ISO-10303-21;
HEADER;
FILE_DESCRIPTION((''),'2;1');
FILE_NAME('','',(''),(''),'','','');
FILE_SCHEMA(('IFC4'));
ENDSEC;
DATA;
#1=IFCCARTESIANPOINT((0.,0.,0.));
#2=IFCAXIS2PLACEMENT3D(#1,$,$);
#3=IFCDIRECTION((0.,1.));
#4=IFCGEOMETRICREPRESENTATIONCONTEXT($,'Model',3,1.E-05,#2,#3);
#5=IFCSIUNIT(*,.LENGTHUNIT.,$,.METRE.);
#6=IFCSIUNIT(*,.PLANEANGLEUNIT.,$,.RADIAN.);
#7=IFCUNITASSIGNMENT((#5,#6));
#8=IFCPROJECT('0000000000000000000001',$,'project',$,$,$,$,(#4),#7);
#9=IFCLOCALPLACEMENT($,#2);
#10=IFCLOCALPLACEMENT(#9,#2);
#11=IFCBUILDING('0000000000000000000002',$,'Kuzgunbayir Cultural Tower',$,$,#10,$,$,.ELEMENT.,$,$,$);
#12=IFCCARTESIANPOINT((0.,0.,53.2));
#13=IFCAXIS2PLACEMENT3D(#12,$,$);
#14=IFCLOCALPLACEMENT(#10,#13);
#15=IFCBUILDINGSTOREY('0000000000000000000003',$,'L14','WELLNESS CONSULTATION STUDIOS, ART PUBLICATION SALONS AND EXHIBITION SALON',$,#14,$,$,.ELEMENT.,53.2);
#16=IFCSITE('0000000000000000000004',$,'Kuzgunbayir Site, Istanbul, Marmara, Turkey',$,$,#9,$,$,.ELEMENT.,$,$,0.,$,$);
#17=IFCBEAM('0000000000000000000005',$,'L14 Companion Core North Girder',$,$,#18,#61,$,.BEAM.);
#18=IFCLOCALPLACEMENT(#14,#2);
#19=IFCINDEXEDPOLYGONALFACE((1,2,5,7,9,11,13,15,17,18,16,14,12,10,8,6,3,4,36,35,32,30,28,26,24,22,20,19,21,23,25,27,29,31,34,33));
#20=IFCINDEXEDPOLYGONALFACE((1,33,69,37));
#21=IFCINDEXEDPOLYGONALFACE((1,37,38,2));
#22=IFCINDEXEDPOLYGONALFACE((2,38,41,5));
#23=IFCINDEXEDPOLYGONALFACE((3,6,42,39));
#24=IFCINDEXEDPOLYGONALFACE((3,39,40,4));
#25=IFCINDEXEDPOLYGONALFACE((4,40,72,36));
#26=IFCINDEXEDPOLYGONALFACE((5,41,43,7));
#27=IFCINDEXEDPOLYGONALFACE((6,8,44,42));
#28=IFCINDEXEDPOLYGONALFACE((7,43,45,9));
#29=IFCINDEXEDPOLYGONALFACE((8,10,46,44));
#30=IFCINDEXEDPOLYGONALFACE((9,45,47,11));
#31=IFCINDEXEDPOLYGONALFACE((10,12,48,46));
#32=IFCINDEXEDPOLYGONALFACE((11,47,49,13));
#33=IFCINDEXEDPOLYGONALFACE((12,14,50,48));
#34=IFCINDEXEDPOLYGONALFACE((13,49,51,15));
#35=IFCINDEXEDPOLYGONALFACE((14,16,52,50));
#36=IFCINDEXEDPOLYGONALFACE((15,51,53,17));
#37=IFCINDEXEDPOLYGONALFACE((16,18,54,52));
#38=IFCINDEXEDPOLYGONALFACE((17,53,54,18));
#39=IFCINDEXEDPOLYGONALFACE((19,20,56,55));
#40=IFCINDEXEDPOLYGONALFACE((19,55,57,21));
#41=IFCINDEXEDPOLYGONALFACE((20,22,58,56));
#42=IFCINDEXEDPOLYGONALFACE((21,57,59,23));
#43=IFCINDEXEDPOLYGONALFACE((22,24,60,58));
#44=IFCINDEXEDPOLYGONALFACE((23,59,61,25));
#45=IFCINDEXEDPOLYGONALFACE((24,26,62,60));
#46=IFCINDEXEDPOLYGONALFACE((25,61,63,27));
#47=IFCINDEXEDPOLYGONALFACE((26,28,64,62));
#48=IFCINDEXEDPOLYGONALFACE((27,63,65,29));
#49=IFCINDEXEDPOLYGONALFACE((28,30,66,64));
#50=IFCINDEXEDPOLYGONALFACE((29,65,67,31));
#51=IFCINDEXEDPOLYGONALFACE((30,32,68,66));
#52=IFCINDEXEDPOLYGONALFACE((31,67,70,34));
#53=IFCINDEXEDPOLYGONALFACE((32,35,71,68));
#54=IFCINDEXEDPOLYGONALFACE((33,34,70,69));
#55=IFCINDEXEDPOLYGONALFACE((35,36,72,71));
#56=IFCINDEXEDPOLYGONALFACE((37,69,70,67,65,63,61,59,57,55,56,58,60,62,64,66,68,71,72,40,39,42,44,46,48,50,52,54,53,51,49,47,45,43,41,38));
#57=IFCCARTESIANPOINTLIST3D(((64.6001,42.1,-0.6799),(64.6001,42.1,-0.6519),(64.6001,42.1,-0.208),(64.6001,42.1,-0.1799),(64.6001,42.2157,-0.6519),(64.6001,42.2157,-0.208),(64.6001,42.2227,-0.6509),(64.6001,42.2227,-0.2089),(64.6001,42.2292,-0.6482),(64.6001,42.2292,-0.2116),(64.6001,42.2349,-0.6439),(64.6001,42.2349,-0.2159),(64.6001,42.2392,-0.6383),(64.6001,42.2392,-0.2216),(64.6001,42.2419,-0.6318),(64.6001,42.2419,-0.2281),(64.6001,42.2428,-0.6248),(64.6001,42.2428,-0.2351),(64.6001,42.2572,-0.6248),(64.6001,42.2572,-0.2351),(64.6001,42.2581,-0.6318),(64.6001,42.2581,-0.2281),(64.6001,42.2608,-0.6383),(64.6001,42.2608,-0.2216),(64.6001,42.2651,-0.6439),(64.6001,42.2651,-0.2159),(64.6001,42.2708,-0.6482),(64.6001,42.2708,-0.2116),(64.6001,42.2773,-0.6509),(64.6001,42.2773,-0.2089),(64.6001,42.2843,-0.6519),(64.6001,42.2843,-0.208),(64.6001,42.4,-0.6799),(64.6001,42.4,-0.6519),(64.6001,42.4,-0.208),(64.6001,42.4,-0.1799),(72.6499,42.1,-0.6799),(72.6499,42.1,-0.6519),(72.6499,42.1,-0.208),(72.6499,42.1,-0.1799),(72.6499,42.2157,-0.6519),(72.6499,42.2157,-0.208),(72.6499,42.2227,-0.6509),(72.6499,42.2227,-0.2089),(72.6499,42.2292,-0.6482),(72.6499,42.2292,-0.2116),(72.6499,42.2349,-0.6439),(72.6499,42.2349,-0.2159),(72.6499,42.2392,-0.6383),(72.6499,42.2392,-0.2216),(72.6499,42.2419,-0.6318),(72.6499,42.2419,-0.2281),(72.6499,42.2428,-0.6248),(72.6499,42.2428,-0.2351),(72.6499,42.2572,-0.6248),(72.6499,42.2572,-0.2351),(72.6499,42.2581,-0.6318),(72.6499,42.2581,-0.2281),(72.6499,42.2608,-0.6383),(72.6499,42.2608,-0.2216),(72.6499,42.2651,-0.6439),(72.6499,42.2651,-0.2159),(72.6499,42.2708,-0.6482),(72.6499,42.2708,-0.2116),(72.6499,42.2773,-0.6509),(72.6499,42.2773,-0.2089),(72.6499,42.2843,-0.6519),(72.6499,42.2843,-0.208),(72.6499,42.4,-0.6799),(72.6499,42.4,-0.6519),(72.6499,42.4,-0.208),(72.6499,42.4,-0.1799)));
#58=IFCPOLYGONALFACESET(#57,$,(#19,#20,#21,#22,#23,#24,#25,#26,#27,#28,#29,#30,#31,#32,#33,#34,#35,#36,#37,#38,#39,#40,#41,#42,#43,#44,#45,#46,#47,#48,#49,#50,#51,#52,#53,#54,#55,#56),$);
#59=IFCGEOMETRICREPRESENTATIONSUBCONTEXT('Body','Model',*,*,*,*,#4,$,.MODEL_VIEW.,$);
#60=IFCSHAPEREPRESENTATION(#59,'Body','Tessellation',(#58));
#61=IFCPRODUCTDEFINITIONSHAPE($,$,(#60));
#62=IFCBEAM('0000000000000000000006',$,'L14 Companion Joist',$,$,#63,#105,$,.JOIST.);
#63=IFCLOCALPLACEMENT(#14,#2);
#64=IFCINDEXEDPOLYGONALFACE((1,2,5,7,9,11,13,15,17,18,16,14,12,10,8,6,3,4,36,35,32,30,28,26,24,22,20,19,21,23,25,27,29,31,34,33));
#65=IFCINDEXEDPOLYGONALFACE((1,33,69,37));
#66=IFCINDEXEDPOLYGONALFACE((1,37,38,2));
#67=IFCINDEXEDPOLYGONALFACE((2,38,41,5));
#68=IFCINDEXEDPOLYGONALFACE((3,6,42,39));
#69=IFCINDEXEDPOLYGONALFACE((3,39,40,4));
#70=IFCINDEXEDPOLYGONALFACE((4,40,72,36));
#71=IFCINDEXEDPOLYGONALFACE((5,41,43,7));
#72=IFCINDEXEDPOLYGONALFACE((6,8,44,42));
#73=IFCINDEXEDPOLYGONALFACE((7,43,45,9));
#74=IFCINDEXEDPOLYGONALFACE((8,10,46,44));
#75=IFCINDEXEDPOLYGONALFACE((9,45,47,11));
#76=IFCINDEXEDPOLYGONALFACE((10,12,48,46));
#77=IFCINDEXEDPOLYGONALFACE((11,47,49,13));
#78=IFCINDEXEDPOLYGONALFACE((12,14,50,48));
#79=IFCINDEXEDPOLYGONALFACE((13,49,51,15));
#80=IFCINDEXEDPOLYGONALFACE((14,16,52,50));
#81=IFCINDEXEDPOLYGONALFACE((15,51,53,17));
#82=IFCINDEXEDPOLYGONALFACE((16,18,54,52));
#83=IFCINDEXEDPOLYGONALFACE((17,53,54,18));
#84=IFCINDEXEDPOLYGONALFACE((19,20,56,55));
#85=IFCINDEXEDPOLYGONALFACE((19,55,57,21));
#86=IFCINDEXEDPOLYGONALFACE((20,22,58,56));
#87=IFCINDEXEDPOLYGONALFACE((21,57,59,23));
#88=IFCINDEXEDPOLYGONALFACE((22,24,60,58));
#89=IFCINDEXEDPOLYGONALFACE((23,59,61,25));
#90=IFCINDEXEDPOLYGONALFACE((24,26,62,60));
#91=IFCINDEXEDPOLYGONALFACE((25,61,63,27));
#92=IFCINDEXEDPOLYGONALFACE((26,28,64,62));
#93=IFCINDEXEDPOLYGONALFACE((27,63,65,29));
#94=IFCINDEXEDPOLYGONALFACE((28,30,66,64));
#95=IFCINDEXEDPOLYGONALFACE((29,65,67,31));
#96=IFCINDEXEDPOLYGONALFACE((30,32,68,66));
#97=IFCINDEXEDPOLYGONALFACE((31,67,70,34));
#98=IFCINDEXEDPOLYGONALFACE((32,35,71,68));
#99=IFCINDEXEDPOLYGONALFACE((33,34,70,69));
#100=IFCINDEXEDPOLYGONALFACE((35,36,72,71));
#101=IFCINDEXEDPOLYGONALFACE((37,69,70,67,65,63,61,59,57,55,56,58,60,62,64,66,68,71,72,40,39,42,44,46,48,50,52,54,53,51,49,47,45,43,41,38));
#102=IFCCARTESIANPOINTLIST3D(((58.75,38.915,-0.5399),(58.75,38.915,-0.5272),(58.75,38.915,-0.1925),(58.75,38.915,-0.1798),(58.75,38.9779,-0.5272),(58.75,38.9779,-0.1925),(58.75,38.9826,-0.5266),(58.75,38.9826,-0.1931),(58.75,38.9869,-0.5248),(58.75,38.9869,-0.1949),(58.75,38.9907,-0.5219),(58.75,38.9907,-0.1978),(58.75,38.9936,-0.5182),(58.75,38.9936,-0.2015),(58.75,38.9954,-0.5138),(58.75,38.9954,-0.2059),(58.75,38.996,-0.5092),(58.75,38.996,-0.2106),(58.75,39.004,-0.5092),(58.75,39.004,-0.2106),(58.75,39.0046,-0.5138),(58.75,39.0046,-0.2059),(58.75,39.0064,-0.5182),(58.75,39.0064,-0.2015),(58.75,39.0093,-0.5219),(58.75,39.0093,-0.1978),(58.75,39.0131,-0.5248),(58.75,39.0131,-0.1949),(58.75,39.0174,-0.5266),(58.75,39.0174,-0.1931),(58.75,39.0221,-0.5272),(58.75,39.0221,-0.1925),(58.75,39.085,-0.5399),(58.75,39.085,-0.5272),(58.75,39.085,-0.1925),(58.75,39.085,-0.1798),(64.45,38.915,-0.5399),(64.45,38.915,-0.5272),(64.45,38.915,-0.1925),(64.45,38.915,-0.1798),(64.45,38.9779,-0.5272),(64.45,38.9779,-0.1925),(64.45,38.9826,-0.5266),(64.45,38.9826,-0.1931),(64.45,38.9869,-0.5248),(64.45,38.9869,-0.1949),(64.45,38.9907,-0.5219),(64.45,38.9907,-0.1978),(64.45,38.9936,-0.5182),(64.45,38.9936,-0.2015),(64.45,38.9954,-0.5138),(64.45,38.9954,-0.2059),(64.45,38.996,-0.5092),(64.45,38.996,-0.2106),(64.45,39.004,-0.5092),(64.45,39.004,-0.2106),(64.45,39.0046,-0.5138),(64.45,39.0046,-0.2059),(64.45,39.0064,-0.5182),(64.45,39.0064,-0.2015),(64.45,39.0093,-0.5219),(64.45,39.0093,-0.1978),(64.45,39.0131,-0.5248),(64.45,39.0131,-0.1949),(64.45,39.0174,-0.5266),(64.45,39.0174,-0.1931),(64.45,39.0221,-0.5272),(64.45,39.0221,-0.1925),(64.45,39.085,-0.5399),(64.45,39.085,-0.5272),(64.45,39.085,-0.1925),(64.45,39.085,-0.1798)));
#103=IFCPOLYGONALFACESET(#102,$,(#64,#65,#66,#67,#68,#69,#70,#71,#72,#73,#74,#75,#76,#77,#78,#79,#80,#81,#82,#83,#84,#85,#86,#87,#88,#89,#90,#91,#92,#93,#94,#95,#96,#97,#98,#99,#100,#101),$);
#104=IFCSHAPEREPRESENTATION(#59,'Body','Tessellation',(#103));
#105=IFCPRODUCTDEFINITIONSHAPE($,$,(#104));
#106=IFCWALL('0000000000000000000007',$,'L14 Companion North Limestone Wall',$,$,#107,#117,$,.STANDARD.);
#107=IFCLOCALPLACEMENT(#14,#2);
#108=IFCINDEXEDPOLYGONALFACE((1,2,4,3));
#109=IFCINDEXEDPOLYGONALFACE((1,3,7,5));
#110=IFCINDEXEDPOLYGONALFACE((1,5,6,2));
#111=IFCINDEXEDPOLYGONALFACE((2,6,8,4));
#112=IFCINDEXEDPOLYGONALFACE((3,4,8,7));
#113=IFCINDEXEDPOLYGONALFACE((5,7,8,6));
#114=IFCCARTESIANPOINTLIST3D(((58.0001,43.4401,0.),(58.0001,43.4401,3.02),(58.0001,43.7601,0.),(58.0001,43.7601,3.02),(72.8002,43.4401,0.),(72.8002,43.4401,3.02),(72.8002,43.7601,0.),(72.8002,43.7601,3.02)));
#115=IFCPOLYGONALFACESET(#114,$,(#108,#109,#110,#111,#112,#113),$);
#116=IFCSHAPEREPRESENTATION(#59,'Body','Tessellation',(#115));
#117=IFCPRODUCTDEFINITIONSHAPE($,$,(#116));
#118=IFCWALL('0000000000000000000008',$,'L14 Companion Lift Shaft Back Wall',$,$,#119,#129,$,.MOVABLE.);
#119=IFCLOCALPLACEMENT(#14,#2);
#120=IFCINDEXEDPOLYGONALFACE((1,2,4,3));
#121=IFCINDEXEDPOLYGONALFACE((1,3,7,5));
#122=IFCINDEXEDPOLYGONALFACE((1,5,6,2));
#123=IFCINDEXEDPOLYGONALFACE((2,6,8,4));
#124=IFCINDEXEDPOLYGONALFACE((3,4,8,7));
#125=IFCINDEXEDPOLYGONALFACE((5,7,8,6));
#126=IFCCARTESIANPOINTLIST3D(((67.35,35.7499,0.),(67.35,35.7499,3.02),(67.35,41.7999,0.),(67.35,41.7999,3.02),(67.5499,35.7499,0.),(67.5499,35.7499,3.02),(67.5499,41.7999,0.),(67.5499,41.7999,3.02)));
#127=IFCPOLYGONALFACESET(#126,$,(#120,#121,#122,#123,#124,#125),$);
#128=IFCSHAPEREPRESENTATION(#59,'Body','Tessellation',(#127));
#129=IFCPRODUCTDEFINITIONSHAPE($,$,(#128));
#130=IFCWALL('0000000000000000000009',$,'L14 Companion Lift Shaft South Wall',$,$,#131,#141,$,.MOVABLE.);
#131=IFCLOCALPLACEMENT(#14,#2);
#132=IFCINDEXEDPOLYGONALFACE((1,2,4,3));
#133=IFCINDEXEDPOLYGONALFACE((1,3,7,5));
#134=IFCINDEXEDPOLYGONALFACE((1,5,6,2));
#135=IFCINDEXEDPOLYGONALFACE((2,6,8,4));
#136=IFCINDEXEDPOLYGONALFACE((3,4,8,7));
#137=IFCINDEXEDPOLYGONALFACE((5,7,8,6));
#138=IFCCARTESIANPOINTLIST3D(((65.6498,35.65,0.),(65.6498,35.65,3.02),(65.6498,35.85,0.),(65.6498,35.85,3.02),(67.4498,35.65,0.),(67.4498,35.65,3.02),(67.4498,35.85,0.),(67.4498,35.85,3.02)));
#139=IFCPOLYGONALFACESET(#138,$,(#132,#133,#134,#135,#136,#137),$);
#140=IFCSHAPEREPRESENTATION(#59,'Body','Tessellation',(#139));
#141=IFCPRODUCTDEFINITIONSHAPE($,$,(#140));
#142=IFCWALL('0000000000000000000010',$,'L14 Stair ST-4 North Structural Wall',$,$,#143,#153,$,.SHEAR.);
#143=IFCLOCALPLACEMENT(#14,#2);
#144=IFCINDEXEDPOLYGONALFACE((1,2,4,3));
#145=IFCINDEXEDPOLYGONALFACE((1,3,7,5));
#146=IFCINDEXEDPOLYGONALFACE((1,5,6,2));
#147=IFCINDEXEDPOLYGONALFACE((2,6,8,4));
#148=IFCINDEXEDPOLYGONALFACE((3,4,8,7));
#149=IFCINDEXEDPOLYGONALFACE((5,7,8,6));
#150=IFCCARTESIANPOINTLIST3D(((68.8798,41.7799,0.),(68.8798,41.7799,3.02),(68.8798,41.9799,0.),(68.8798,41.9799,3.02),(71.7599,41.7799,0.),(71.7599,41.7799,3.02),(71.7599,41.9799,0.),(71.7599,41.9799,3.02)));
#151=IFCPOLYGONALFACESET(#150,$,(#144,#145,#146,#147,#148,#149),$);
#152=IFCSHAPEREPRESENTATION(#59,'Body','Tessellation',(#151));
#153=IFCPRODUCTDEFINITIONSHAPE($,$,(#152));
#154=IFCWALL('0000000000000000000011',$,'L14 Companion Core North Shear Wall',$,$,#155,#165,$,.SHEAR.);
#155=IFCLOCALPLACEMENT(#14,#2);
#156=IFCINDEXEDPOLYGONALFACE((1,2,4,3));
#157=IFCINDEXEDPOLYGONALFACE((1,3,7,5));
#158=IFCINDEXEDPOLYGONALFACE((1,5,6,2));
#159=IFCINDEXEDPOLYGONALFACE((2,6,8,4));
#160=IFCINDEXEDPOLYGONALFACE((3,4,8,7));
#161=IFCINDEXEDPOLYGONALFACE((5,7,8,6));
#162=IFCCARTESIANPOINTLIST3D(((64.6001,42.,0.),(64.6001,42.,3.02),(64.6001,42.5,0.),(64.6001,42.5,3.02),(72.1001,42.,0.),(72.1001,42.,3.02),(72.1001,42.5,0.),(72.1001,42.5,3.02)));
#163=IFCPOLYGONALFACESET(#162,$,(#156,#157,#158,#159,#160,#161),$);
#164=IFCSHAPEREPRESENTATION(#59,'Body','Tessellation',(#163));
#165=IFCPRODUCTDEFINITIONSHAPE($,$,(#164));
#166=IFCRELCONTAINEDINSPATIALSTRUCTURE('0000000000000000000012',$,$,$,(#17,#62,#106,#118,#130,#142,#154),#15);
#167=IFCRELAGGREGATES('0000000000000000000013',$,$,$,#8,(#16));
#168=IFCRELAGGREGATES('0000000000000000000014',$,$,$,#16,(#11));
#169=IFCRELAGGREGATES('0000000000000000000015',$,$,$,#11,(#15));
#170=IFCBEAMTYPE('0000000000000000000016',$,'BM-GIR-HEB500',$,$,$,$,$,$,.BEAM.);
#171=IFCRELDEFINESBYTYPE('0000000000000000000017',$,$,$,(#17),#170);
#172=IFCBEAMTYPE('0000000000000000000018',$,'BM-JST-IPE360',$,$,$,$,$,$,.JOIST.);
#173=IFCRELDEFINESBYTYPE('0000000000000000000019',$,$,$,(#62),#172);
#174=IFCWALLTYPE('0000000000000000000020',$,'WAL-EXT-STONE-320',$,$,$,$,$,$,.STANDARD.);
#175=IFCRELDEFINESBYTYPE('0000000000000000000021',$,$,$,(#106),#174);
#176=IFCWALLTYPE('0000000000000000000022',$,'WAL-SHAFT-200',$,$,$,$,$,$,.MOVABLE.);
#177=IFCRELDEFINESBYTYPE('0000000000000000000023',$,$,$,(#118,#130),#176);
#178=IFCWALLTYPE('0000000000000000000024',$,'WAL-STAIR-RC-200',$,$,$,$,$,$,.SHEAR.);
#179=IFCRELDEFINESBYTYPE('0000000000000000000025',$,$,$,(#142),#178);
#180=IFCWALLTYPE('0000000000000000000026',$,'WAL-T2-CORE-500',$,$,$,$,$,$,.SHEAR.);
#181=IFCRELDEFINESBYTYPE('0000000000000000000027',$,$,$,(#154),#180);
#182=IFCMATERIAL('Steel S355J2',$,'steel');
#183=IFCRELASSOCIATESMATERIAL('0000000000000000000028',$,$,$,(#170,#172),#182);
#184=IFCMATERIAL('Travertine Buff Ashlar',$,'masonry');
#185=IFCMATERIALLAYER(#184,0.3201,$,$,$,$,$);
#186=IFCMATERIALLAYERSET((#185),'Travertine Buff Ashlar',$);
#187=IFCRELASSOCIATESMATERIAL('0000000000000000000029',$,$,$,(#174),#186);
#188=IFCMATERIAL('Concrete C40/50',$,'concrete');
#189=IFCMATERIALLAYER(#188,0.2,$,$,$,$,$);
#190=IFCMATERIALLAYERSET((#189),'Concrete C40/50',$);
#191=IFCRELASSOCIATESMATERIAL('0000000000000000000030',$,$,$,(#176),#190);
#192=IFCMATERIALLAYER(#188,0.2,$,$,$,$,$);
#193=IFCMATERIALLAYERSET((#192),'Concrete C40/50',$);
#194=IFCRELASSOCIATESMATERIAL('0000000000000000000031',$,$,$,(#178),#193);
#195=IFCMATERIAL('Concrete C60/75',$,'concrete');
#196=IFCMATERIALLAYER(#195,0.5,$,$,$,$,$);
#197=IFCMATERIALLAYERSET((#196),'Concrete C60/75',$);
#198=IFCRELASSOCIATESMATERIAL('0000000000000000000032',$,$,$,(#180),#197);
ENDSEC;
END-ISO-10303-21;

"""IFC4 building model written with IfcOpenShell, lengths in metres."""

from ifc_helpers import new_model, si_unit, direction, frame, frame_2d, origin, origin_2d, place, context, subcontext, project, spatial, rectangle, i_section, extrude, material, layer, layer_set, material_profile, profile_set, type_object, element, save


model = new_model("IFC4")

# Units and contexts
model_context = context("Model", 3, precision=1e-05, world=origin(), true_north=direction((0.0, 1.0)))
body_context = subcontext(model_context, "Body", "Model", "MODEL_VIEW")
ifc_project = project(units=[si_unit("LENGTHUNIT", "METRE"), si_unit("PLANEANGLEUNIT", "RADIAN")], contexts=[model_context])

# Site, building, storey
site_placement = place(None, origin())
site = spatial("IfcSite", under=ifc_project, at=site_placement, Name="Kuzgunbayir Site, Istanbul, Marmara, Turkey", CompositionType="ELEMENT", RefElevation=0.0)
building_placement = place(site_placement, origin())
building = spatial("IfcBuilding", under=site, at=building_placement, Name="Kuzgunbayir Cultural Tower", CompositionType="ELEMENT")
storey_placement = place(building_placement, frame((0.0, 0.0, 53.2)))
storey = spatial("IfcBuildingStorey", under=building, at=storey_placement, Name="L14", Description="WELLNESS CONSULTATION STUDIOS, ART PUBLICATION SALONS AND EXHIBITION SALON", CompositionType="ELEMENT", Elevation=53.2)

# Shared definitions
ifc_material_1 = material(Name="Concrete C60/75", Category="concrete")

# Beams
ifc_material_2 = material(Name="Steel S355J2", Category="steel")
ifc_material_profile_1 = material_profile(ifc_material_2, i_section(OverallWidth=0.3, OverallDepth=0.5, WebThickness=0.0144, FlangeThickness=0.0281, FilletRadius=0.0271, at=origin_2d()), Name="HEB 500")
ifc_profile_set_1 = profile_set([ifc_material_profile_1], Name="Steel S355J2")
beam_type_1 = type_object("IfcBeamType", Name="BM-GIR-HEB500", PredefinedType="BEAM", material=ifc_profile_set_1)
beam_1_placement = place(storey_placement, frame((64.6001, 42.25, -0.4299), z_axis=(1.0, 0.0, 0.0), x_axis=(0.0, 1.0, 0.0)))
element("IfcBeam", 1, at=beam_1_placement, inside=storey, type_object=beam_type_1, Name="L14 Companion Core North Girder", PredefinedType="BEAM", context=body_context, shape_type="SweptSolid", body=[
    extrude(i_section(OverallWidth=0.3, OverallDepth=0.5, WebThickness=0.0144, FlangeThickness=0.0281, FilletRadius=0.0271, at=origin_2d()), origin(), (0.0, 0.0, 1.0), 8.0498),
])
ifc_material_profile_2 = material_profile(ifc_material_2, i_section(OverallWidth=0.1699, OverallDepth=0.3601, WebThickness=0.0081, FlangeThickness=0.0127, FilletRadius=0.0181, at=origin_2d()), Name="IPE 360")
ifc_profile_set_2 = profile_set([ifc_material_profile_2], Name="Steel S355J2")
beam_type_2 = type_object("IfcBeamType", Name="BM-JST-IPE360", PredefinedType="JOIST", material=ifc_profile_set_2)
beam_2_placement = place(storey_placement, frame((58.75, 39.0, -0.3599), z_axis=(1.0, 0.0, 0.0), x_axis=(0.0, 1.0, 0.0)))
element("IfcBeam", 2, at=beam_2_placement, inside=storey, type_object=beam_type_2, Name="L14 Companion Joist", PredefinedType="JOIST", context=body_context, shape_type="SweptSolid", body=[
    extrude(i_section(OverallWidth=0.1699, OverallDepth=0.3601, WebThickness=0.0081, FlangeThickness=0.0127, FilletRadius=0.0181, at=origin_2d()), origin(), (0.0, 0.0, 1.0), 5.7),
])

# Wall
ifc_material_3 = material(Name="Travertine Buff Ashlar", Category="masonry")
ifc_layer_1 = layer(ifc_material_3, 0.3201)
ifc_layer_set_1 = layer_set([ifc_layer_1], Name="Travertine Buff Ashlar")
wall_type_1 = type_object("IfcWallType", Name="WAL-EXT-STONE-320", PredefinedType="STANDARD", material=ifc_layer_set_1)
wall_1_placement = place(storey_placement, frame((72.8, 43.6001, 0.0), z_axis=(0.0, 0.0, 1.0), x_axis=(-1.0, 0.0, 0.0)))
element("IfcWall", 3, at=wall_1_placement, inside=storey, type_object=wall_type_1, Name="L14 Companion North Limestone Wall", PredefinedType="STANDARD", context=body_context, shape_type="SweptSolid", body=[
    extrude(rectangle(XDim=14.8, YDim=0.3201, at=frame_2d((7.3999, 0.0))), origin(), (0.0, 0.0, 1.0), 3.02),
])

# Shared definitions
ifc_material_4 = material(Name="Concrete C40/50", Category="concrete")
ifc_layer_2 = layer(ifc_material_4, 0.2)
ifc_layer_set_2 = layer_set([ifc_layer_2], Name="Concrete C40/50")
wall_type_2 = type_object("IfcWallType", Name="WAL-SHAFT-200", PredefinedType="MOVABLE", material=ifc_layer_set_2)

# Walls
wall_2_placement = place(storey_placement, frame((67.45, 35.75, 0.0), z_axis=(0.0, 0.0, 1.0), x_axis=(0.0, 1.0, 0.0)))
element("IfcWall", 4, at=wall_2_placement, inside=storey, type_object=wall_type_2, Name="L14 Companion Lift Shaft Back Wall", PredefinedType="MOVABLE", context=body_context, shape_type="SweptSolid", body=[
    extrude(rectangle(XDim=6.05, YDim=0.2, at=frame_2d((3.0249, 0.0))), origin(), (0.0, 0.0, 1.0), 3.02),
])
wall_3_placement = place(storey_placement, frame((65.6499, 35.75, 0.0), z_axis=(0.0, 0.0, 1.0), x_axis=(1.0, 0.0, 0.0)))
element("IfcWall", 5, at=wall_3_placement, inside=storey, type_object=wall_type_2, Name="L14 Companion Lift Shaft South Wall", PredefinedType="MOVABLE", context=body_context, shape_type="SweptSolid", body=[
    extrude(rectangle(XDim=1.8, YDim=0.2, at=frame_2d((0.8999, 0.0))), origin(), (0.0, 0.0, 1.0), 3.02),
])
ifc_layer_3 = layer(ifc_material_4, 0.2)
ifc_layer_set_3 = layer_set([ifc_layer_3], Name="Concrete C40/50")
wall_type_3 = type_object("IfcWallType", Name="WAL-STAIR-RC-200", PredefinedType="SHEAR", material=ifc_layer_set_3)
wall_4_placement = place(storey_placement, frame((68.8799, 41.8799, 0.0), z_axis=(0.0, 0.0, 1.0), x_axis=(1.0, 0.0, 0.0)))
element("IfcWall", 6, at=wall_4_placement, inside=storey, type_object=wall_type_3, Name="L14 Stair ST-4 North Structural Wall", PredefinedType="SHEAR", context=body_context, shape_type="SweptSolid", body=[
    extrude(rectangle(XDim=2.8801, YDim=0.2, at=frame_2d((1.4399, 0.0))), origin(), (0.0, 0.0, 1.0), 3.02),
])
ifc_layer_4 = layer(ifc_material_1, 0.5)
ifc_layer_set_4 = layer_set([ifc_layer_4], Name="Concrete C60/75")
wall_type_4 = type_object("IfcWallType", Name="WAL-T2-CORE-500", PredefinedType="SHEAR", material=ifc_layer_set_4)
wall_5_placement = place(storey_placement, frame((64.6001, 42.25, 0.0), z_axis=(0.0, 0.0, 1.0), x_axis=(1.0, 0.0, 0.0)))
element("IfcWall", 7, at=wall_5_placement, inside=storey, type_object=wall_type_4, Name="L14 Companion Core North Shear Wall", PredefinedType="SHEAR", context=body_context, shape_type="SweptSolid", body=[
    extrude(rectangle(XDim=7.5, YDim=0.5, at=frame_2d((3.75, 0.0))), origin(), (0.0, 0.0, 1.0), 3.02),
])

save(model, "model.ifc")
